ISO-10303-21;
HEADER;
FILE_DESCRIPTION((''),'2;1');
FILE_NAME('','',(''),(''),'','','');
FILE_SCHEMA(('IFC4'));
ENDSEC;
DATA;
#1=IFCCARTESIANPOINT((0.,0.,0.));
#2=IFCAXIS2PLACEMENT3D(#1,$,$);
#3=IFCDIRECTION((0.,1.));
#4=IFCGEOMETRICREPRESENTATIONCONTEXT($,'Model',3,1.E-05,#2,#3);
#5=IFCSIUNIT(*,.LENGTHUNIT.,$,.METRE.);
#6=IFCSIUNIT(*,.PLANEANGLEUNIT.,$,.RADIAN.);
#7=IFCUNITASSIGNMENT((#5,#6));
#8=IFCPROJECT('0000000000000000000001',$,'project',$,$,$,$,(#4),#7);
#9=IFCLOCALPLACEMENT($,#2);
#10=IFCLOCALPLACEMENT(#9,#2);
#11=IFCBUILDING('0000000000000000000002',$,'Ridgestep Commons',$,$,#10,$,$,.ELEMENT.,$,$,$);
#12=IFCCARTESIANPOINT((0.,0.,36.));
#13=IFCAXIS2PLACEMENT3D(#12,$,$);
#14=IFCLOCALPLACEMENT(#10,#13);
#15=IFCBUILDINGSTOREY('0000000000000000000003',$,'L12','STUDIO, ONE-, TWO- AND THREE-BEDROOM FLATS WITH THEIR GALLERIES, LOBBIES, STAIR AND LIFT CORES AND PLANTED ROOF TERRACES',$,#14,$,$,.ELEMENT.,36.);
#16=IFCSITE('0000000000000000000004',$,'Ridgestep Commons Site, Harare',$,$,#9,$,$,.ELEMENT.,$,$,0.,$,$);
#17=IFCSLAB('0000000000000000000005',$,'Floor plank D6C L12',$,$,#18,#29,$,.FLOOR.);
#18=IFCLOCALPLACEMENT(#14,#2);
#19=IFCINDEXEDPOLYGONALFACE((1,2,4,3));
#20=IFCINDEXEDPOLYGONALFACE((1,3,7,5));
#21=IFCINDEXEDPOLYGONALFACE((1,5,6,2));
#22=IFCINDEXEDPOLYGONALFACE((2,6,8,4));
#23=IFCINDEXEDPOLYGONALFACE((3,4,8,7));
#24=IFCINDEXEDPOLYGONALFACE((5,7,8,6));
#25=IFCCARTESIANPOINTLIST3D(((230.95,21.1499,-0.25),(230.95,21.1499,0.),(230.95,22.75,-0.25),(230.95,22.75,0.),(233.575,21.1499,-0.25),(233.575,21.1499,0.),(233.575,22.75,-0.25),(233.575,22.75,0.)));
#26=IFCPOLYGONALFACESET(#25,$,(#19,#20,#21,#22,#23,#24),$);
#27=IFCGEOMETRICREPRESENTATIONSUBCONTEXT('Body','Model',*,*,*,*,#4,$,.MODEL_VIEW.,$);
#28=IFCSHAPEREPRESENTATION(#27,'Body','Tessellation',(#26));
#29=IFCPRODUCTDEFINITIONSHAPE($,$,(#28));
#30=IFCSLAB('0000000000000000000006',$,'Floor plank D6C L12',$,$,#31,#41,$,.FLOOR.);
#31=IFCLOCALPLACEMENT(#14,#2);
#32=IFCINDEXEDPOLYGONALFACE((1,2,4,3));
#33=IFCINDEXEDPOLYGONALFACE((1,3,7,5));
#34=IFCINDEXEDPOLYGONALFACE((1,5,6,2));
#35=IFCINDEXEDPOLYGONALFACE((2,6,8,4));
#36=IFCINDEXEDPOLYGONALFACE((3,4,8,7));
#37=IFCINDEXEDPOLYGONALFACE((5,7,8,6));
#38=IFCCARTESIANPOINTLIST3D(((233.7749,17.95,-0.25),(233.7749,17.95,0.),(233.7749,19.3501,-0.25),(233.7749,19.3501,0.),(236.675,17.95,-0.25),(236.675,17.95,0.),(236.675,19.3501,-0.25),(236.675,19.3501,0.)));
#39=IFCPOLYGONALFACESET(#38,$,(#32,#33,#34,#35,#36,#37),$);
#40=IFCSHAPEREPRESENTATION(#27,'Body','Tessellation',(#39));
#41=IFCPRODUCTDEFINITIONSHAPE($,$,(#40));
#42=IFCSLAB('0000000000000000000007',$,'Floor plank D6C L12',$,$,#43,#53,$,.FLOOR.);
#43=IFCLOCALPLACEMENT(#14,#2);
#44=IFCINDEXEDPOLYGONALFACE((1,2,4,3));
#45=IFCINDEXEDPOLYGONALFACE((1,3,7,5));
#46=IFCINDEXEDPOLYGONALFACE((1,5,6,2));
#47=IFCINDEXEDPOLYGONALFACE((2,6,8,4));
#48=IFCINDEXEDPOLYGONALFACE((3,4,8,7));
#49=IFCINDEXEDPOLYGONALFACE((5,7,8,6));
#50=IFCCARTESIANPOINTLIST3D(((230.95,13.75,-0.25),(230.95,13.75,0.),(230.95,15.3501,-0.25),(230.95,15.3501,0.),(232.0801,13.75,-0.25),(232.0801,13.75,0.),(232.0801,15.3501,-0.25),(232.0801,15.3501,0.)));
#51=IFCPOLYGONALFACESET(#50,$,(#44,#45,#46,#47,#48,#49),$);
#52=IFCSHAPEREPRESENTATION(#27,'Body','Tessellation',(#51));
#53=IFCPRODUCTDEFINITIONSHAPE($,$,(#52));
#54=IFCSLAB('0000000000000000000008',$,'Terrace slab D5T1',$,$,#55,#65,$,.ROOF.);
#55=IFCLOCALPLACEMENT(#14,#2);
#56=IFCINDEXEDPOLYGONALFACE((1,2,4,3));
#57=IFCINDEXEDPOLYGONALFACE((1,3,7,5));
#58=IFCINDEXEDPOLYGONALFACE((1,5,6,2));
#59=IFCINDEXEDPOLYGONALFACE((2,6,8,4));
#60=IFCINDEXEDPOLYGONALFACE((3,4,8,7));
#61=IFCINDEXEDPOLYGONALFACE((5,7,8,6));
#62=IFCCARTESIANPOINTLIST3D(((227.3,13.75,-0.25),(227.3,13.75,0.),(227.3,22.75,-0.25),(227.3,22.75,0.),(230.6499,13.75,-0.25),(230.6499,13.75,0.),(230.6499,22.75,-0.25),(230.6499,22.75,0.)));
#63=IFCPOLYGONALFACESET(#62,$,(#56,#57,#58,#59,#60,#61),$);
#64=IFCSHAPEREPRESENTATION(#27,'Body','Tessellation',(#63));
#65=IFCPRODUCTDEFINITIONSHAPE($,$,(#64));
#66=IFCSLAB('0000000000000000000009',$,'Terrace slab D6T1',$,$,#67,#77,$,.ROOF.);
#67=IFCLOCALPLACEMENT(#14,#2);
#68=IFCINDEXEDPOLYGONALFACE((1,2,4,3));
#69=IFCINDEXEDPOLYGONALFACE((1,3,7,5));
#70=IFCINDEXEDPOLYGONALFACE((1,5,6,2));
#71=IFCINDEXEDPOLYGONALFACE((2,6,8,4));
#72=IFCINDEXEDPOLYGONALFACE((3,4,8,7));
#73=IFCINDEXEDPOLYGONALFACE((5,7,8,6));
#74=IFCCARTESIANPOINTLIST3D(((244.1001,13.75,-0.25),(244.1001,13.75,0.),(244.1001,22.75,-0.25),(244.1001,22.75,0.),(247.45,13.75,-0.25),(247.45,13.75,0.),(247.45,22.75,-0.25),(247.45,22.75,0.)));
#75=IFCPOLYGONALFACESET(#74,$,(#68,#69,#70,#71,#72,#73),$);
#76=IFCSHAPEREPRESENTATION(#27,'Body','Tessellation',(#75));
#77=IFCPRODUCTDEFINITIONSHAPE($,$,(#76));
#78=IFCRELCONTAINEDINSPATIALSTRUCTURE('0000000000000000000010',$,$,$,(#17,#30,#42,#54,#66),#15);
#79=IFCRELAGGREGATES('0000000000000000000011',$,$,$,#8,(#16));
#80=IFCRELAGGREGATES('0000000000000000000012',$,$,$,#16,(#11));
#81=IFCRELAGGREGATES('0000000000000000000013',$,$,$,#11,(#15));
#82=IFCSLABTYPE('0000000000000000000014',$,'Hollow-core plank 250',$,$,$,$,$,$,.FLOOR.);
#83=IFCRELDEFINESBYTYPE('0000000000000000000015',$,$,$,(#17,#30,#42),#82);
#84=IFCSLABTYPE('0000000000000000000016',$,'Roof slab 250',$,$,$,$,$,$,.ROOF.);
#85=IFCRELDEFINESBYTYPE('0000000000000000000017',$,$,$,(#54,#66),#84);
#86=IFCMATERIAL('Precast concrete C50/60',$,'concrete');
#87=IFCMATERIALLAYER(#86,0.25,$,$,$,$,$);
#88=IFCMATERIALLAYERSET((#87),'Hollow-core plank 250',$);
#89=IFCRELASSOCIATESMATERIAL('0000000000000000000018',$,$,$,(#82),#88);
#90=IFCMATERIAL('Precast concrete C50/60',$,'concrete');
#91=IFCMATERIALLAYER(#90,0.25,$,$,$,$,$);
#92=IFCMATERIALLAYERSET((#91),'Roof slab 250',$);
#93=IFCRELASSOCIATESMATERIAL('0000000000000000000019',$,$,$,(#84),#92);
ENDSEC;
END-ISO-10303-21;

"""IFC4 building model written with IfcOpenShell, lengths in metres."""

from ifc_helpers import new_model, si_unit, direction, frame, origin, place, context, subcontext, project, spatial, polyline, outline, extrude, material, layer, layer_set, type_object, element, save


model = new_model("IFC4")

# Units and contexts
model_context = context("Model", 3, precision=1e-05, world=origin(), true_north=direction((0.0, 1.0)))
body_context = subcontext(model_context, "Body", "Model", "MODEL_VIEW")
ifc_project = project(units=[si_unit("LENGTHUNIT", "METRE"), si_unit("PLANEANGLEUNIT", "RADIAN")], contexts=[model_context])

# Site, building, storey
site_placement = place(None, origin())
site = spatial("IfcSite", under=ifc_project, at=site_placement, Name="Ridgestep Commons Site, Harare", CompositionType="ELEMENT", RefElevation=0.0)
building_placement = place(site_placement, origin())
building = spatial("IfcBuilding", under=site, at=building_placement, Name="Ridgestep Commons", CompositionType="ELEMENT")
storey_placement = place(building_placement, frame((0.0, 0.0, 36.0)))
storey = spatial("IfcBuildingStorey", under=building, at=storey_placement, Name="L12", Description="STUDIO, ONE-, TWO- AND THREE-BEDROOM FLATS WITH THEIR GALLERIES, LOBBIES, STAIR AND LIFT CORES AND PLANTED ROOF TERRACES", CompositionType="ELEMENT", Elevation=36.0)

# Slabs
ifc_material_1 = material(Name="Precast concrete C50/60", Category="concrete")
ifc_layer_1 = layer(ifc_material_1, 0.25)
ifc_layer_set_1 = layer_set([ifc_layer_1], Name="Hollow-core plank 250")
slab_type_1 = type_object("IfcSlabType", Name="Hollow-core plank 250", PredefinedType="FLOOR", material=ifc_layer_set_1)
slab_1_placement = place(storey_placement, frame((0.0, 0.0, -0.25)))
element("IfcSlab", 1, at=slab_1_placement, inside=storey, type_object=slab_type_1, Name="Floor plank D6C L12", PredefinedType="FLOOR", context=body_context, shape_type="SweptSolid", body=[
    extrude(outline(polyline([(233.575, 22.75), (230.95, 22.75), (230.95, 21.1499), (233.575, 21.1499), (233.575, 22.75)])), origin(), (0.0, 0.0, 1.0), 0.25),
])
slab_2_placement = place(storey_placement, frame((0.0, 0.0, -0.25)))
element("IfcSlab", 2, at=slab_2_placement, inside=storey, type_object=slab_type_1, Name="Floor plank D6C L12", PredefinedType="FLOOR", context=body_context, shape_type="SweptSolid", body=[
    extrude(outline(polyline([(236.675, 17.95), (236.675, 19.3501), (233.7749, 19.3501), (233.7749, 17.95), (236.675, 17.95)])), origin(), (0.0, 0.0, 1.0), 0.25),
])
slab_3_placement = place(storey_placement, frame((0.0, 0.0, -0.25)))
element("IfcSlab", 3, at=slab_3_placement, inside=storey, type_object=slab_type_1, Name="Floor plank D6C L12", PredefinedType="FLOOR", context=body_context, shape_type="SweptSolid", body=[
    extrude(outline(polyline([(232.0801, 15.3501), (230.95, 15.3501), (230.95, 13.75), (232.0801, 13.75), (232.0801, 15.3501)])), origin(), (0.0, 0.0, 1.0), 0.25),
])
ifc_material_2 = material(Name="Precast concrete C50/60", Category="concrete")
ifc_layer_2 = layer(ifc_material_2, 0.25)
ifc_layer_set_2 = layer_set([ifc_layer_2], Name="Roof slab 250")
slab_type_2 = type_object("IfcSlabType", Name="Roof slab 250", PredefinedType="ROOF", material=ifc_layer_set_2)
slab_4_placement = place(storey_placement, frame((0.0, 0.0, -0.25)))
element("IfcSlab", 4, at=slab_4_placement, inside=storey, type_object=slab_type_2, Name="Terrace slab D5T1", PredefinedType="ROOF", context=body_context, shape_type="SweptSolid", body=[
    extrude(outline(polyline([(230.6499, 13.75), (230.6499, 22.75), (227.3, 22.75), (227.3, 13.75), (230.6499, 13.75)])), origin(), (0.0, 0.0, 1.0), 0.25),
])
slab_5_placement = place(storey_placement, frame((0.0, 0.0, -0.25)))
element("IfcSlab", 5, at=slab_5_placement, inside=storey, type_object=slab_type_2, Name="Terrace slab D6T1", PredefinedType="ROOF", context=body_context, shape_type="SweptSolid", body=[
    extrude(outline(polyline([(247.45, 13.75), (247.45, 22.75), (244.1001, 22.75), (244.1001, 13.75), (247.45, 13.75)])), origin(), (0.0, 0.0, 1.0), 0.25),
])

save(model, "model.ifc")
